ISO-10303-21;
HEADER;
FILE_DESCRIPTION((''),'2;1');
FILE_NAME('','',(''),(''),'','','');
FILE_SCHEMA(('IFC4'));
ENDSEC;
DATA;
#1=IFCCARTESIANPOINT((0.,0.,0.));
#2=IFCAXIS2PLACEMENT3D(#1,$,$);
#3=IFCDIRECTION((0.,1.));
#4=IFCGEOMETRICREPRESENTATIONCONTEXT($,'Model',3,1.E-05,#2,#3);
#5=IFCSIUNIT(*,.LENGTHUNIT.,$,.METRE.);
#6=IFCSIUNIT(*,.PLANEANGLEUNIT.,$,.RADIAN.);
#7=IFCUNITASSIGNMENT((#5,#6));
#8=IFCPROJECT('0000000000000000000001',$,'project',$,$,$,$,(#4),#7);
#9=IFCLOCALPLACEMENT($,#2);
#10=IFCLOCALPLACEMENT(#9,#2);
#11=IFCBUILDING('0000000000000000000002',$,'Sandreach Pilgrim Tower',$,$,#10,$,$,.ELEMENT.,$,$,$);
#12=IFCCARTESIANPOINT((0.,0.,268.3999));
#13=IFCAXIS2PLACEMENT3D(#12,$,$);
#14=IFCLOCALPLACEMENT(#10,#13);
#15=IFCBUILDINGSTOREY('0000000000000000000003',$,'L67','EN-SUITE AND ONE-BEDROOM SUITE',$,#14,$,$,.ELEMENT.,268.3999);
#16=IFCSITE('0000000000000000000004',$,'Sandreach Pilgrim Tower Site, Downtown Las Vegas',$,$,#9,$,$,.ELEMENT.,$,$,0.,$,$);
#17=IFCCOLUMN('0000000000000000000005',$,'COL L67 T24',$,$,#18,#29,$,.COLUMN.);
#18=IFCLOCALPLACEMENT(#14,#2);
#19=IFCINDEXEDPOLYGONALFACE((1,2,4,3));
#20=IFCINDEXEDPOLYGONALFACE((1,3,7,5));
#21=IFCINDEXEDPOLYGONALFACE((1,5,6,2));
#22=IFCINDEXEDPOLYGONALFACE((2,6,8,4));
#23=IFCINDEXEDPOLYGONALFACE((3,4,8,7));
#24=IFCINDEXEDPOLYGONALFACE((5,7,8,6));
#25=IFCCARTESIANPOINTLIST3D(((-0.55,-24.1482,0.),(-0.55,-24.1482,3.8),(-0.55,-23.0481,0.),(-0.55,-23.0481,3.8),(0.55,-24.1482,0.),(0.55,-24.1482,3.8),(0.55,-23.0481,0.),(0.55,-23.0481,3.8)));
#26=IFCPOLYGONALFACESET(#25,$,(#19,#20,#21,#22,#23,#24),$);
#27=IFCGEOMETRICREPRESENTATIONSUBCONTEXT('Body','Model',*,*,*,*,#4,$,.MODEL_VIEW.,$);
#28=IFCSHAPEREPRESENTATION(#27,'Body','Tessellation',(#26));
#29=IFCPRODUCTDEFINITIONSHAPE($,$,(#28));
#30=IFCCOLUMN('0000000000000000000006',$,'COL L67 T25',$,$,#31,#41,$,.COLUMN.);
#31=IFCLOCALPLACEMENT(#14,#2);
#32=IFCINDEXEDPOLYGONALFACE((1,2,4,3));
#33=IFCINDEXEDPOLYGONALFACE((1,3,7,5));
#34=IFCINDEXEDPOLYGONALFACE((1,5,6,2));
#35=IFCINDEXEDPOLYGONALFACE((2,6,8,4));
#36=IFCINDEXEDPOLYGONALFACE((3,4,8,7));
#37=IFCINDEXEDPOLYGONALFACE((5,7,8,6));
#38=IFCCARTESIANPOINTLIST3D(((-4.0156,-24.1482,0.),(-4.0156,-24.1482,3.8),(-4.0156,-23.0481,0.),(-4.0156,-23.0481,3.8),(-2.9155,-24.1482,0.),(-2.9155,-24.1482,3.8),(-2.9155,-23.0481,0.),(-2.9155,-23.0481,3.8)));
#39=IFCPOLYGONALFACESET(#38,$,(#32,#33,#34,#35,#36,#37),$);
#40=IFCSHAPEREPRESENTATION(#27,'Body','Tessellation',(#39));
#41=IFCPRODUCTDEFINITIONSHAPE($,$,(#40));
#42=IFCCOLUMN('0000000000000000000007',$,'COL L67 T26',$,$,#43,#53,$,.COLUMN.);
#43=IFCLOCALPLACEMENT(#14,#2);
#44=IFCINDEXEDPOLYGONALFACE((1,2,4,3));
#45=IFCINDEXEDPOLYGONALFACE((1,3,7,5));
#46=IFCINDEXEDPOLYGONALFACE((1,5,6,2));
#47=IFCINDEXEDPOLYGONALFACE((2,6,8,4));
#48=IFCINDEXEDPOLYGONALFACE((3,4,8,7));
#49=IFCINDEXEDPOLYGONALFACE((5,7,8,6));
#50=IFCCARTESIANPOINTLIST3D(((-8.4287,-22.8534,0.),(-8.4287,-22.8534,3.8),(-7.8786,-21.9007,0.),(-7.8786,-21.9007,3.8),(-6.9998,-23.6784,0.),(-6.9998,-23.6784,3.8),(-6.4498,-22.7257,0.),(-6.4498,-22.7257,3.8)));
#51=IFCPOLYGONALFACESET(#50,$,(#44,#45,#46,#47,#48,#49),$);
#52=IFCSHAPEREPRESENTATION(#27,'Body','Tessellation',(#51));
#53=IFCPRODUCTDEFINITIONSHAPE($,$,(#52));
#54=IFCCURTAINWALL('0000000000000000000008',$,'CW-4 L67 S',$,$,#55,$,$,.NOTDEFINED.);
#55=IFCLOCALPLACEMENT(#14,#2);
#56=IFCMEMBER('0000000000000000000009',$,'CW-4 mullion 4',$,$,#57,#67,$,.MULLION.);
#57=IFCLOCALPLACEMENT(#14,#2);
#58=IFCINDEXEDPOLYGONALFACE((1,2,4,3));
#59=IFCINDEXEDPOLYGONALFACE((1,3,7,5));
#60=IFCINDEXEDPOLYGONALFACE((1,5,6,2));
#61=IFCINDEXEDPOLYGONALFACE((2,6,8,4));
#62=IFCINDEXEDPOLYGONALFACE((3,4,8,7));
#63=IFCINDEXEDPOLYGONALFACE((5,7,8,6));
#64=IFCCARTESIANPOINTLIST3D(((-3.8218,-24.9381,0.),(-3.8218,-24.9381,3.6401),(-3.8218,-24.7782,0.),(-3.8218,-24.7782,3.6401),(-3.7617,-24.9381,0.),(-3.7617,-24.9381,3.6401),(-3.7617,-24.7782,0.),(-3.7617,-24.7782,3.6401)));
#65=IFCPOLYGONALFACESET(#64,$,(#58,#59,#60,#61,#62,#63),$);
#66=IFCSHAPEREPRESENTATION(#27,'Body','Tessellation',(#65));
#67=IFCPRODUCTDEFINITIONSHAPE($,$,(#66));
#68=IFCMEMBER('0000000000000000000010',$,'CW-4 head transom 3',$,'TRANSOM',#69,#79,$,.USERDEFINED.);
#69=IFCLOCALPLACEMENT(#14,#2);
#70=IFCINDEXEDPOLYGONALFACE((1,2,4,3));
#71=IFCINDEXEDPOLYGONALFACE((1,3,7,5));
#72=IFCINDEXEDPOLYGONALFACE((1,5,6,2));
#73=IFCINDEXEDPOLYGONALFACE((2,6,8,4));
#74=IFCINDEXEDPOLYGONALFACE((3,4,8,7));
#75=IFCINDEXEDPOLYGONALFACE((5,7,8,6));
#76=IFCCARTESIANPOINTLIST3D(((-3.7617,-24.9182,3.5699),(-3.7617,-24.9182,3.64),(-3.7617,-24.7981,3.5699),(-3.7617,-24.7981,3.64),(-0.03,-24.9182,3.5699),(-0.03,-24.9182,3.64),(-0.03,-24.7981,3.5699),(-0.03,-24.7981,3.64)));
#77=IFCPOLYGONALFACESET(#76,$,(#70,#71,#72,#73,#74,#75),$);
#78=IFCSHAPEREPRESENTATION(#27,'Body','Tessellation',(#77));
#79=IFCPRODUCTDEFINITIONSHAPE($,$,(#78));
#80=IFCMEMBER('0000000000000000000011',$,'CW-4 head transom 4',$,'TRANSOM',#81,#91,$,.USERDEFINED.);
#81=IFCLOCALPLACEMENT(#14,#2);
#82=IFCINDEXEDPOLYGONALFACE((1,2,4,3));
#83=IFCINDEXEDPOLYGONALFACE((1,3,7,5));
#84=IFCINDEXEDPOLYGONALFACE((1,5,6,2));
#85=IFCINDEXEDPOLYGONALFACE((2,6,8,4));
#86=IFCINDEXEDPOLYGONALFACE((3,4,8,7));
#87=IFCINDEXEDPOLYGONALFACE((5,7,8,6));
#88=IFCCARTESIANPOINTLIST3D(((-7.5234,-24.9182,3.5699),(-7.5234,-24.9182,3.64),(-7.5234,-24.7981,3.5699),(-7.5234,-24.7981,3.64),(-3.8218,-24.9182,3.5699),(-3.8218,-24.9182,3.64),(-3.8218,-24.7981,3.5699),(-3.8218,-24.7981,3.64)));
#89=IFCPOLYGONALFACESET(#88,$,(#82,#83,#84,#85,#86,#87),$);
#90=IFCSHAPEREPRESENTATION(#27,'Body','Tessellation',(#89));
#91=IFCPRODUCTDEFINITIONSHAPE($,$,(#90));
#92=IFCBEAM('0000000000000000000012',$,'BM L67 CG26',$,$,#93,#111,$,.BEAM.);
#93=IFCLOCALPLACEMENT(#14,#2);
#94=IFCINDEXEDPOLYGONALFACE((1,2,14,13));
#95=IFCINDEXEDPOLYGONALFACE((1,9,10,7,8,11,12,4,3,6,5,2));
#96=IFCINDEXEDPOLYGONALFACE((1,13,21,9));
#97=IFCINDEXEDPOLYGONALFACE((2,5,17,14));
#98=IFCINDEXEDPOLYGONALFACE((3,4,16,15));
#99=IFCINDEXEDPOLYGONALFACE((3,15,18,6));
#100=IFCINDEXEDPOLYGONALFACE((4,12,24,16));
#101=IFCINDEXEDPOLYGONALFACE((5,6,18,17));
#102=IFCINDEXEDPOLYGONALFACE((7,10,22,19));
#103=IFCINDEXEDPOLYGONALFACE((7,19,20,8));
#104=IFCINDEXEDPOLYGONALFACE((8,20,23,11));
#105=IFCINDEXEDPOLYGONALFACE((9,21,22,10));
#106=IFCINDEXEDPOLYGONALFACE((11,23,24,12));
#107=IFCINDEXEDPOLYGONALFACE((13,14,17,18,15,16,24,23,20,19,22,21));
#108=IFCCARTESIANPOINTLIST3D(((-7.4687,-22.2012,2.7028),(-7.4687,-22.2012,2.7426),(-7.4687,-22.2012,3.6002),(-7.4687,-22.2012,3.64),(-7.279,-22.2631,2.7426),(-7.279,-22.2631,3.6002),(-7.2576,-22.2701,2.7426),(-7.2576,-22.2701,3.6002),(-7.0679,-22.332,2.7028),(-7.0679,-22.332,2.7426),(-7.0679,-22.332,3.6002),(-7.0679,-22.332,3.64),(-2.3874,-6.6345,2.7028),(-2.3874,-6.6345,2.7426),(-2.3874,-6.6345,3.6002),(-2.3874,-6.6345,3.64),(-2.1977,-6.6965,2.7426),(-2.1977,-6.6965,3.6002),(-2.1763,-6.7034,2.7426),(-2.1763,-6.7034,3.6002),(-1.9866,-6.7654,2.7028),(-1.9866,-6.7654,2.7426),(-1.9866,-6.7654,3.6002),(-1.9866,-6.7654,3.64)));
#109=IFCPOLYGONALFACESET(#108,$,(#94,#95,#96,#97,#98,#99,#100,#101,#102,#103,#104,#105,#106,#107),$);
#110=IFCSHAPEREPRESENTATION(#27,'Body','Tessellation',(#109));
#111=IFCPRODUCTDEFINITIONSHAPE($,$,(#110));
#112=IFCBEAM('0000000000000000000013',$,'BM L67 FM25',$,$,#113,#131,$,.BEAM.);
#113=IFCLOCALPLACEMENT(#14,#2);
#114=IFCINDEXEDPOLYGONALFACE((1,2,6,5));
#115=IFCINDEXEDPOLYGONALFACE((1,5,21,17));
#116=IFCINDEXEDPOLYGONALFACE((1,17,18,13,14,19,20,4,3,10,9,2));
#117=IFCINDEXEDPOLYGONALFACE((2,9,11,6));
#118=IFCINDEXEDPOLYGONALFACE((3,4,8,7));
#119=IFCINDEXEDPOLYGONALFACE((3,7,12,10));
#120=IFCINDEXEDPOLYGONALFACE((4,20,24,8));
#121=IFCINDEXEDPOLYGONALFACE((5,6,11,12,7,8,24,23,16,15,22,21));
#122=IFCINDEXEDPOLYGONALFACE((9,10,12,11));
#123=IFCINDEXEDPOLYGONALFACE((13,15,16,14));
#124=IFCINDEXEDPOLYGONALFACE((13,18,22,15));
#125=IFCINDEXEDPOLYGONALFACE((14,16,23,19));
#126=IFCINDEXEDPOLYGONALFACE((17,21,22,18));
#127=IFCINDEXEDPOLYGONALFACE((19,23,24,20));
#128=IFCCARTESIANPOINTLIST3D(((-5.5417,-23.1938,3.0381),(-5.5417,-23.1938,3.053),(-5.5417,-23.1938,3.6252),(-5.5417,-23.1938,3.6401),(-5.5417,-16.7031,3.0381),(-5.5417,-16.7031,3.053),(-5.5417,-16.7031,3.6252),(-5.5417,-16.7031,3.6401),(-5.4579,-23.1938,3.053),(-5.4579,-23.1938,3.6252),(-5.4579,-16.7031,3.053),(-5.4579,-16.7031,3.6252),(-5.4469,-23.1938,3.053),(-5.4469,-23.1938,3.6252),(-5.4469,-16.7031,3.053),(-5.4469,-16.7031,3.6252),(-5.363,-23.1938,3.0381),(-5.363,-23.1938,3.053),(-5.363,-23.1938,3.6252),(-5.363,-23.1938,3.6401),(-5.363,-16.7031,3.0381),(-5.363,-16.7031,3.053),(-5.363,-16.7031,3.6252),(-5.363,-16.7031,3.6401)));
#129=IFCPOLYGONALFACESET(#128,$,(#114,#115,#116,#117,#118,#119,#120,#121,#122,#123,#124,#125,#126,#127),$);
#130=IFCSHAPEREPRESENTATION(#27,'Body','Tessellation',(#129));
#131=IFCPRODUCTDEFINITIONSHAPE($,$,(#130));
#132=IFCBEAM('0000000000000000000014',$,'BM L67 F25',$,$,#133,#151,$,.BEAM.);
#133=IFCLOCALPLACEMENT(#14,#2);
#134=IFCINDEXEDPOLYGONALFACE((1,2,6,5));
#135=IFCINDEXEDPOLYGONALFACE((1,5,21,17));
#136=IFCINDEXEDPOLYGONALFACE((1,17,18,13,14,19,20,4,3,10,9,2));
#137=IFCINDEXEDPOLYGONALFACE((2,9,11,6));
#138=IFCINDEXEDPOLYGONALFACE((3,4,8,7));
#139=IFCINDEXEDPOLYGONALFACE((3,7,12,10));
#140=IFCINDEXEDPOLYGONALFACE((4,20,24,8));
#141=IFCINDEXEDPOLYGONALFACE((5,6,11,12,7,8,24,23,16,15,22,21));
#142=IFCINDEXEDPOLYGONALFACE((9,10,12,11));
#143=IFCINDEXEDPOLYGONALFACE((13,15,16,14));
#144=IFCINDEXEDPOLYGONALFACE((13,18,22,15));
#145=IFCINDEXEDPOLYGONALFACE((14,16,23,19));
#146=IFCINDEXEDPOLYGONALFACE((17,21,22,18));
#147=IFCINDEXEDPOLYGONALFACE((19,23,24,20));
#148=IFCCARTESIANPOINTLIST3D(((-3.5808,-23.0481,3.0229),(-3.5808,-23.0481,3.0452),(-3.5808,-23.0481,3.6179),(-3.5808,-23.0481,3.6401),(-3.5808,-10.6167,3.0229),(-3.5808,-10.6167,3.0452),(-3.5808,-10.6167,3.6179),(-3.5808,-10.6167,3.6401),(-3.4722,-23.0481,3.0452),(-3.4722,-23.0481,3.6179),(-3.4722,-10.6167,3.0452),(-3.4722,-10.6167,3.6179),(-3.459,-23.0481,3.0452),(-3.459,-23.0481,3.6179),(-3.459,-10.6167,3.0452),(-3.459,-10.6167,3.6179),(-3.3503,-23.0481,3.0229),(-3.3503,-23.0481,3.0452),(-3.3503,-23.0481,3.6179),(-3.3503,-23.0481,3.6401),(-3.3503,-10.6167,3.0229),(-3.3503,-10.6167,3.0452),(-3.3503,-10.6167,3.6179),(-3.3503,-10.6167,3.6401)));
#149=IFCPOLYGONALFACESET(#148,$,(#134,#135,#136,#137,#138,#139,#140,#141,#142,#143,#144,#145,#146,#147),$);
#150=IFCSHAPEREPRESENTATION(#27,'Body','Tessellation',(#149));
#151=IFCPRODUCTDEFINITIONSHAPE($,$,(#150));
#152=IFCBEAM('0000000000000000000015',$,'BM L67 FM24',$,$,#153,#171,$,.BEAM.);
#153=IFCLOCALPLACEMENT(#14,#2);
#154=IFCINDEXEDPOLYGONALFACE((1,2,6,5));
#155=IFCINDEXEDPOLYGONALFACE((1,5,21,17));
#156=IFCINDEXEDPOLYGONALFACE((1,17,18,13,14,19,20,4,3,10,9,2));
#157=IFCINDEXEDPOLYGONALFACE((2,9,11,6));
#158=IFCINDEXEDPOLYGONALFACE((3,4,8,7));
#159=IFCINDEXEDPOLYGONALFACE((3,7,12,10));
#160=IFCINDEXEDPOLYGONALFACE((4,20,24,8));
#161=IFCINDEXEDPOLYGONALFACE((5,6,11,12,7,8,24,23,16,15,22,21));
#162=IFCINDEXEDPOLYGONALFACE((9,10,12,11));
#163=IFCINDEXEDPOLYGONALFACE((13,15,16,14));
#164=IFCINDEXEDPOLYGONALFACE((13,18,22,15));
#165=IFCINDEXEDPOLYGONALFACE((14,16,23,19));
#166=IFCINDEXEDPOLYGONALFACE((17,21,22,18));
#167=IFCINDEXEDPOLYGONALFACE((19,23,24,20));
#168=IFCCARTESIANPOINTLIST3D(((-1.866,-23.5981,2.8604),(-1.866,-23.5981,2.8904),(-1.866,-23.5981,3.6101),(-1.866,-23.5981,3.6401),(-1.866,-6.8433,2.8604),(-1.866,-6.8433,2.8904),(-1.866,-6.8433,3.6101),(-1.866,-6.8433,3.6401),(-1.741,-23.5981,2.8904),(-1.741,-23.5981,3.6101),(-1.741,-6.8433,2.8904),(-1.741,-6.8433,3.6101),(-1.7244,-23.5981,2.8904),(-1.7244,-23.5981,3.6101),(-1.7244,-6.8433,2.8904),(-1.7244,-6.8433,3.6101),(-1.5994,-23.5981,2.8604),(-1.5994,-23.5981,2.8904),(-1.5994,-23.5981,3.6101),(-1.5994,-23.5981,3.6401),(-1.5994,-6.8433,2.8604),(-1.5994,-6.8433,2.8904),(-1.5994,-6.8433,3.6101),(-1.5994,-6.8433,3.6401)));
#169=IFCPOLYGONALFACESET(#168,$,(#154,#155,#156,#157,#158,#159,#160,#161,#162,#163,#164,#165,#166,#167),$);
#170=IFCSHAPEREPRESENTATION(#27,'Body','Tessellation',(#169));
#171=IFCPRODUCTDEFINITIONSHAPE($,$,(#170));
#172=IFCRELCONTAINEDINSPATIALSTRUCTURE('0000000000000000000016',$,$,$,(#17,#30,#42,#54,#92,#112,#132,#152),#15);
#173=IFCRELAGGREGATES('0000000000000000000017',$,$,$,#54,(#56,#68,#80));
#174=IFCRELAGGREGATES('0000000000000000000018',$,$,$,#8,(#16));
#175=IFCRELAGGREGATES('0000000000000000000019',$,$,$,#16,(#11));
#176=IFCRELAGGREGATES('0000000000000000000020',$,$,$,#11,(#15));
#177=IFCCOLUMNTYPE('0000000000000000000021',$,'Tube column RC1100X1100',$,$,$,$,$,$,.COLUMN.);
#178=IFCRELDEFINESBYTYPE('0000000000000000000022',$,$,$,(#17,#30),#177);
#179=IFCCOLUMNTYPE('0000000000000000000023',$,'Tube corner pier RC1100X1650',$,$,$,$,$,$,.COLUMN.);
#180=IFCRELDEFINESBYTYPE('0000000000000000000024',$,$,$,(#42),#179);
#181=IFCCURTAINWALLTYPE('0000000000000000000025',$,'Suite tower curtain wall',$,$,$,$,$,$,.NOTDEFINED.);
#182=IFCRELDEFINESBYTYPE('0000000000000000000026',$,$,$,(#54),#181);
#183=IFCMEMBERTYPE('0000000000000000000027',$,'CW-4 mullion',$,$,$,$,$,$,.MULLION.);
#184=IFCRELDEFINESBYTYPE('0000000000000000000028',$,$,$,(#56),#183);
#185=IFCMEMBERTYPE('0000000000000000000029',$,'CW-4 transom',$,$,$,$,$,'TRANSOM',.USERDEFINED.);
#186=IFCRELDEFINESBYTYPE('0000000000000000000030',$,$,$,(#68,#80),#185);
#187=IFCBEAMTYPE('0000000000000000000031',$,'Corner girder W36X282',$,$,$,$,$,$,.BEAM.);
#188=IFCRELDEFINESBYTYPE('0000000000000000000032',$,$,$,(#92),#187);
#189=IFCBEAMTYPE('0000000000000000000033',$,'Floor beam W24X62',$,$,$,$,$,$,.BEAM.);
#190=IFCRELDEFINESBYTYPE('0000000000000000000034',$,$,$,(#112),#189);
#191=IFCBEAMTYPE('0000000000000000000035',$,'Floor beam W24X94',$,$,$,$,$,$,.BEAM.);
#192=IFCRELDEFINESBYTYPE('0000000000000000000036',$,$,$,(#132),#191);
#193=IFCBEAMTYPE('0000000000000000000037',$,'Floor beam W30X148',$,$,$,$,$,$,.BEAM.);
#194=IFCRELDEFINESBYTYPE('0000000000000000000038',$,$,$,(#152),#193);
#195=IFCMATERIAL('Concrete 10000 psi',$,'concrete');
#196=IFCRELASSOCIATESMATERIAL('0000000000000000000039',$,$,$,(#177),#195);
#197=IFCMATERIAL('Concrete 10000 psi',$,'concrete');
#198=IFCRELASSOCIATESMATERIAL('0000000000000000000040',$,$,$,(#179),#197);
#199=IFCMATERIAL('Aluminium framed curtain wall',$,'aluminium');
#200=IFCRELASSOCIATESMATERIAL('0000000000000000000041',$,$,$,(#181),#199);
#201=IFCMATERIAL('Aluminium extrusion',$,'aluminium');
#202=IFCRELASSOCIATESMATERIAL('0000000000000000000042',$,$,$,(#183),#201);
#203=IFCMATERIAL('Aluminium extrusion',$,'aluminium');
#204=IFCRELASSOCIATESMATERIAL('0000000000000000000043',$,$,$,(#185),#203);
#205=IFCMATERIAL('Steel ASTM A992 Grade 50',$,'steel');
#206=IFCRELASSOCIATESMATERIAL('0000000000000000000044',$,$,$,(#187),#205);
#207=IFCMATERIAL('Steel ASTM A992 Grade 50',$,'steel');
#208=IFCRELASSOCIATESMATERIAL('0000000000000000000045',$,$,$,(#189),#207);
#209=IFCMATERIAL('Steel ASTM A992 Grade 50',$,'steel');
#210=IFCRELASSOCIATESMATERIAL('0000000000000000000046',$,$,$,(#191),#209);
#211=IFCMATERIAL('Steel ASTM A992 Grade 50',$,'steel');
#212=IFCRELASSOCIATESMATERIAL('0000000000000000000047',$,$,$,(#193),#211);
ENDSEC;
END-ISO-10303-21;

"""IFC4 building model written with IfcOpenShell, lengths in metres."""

from ifc_helpers import new_model, si_unit, direction, frame, origin, origin_2d, place, context, subcontext, project, spatial, rectangle, i_section, extrude, material, material_profile, profile_set, type_object, element, aggregate, save


model = new_model("IFC4")

# Units and contexts
model_context = context("Model", 3, precision=1e-05, world=origin(), true_north=direction((0.0, 1.0)))
body_context = subcontext(model_context, "Body", "Model", "MODEL_VIEW")
ifc_project = project(units=[si_unit("LENGTHUNIT", "METRE"), si_unit("PLANEANGLEUNIT", "RADIAN")], contexts=[model_context])

# Site, building, storey
site_placement = place(None, origin())
site = spatial("IfcSite", under=ifc_project, at=site_placement, Name="Sandreach Pilgrim Tower Site, Downtown Las Vegas", CompositionType="ELEMENT", RefElevation=0.0)
building_placement = place(site_placement, origin())
building = spatial("IfcBuilding", under=site, at=building_placement, Name="Sandreach Pilgrim Tower", CompositionType="ELEMENT")
storey_placement = place(building_placement, frame((0.0, 0.0, 268.3999)))
storey = spatial("IfcBuildingStorey", under=building, at=storey_placement, Name="L67", Description="EN-SUITE AND ONE-BEDROOM SUITE", CompositionType="ELEMENT", Elevation=268.3999)

# Columns
ifc_material_1 = material(Name="Concrete 10000 psi", Category="concrete")
ifc_material_profile_1 = material_profile(ifc_material_1, rectangle(XDim=1.1001, YDim=1.1001, at=origin_2d()), Name="RC1100X1100")
ifc_profile_set_1 = profile_set([ifc_material_profile_1], Name="Concrete 10000 psi")
column_type_1 = type_object("IfcColumnType", Name="Tube column RC1100X1100", PredefinedType="COLUMN", material=ifc_profile_set_1)
for number, where, z_axis, x_axis, name in (
    (1, (0.0, -23.5981, 0.0), (0.0, 0.0, 1.0), (0.0, -1.0, 0.0), "COL L67 T24"),
    (2, (-3.4656, -23.5981, 0.0), (0.0, 0.0, 1.0), (0.0, -1.0, 0.0), "COL L67 T25"),
):
    element("IfcColumn", number, at=place(storey_placement, frame(where, z_axis=z_axis, x_axis=x_axis)), inside=storey, type_object=column_type_1, Name=name, PredefinedType="COLUMN", context=body_context, shape_type="SweptSolid", body=[
        extrude(rectangle(XDim=1.1001, YDim=1.1001, at=origin_2d()), origin(), (0.0, 0.0, 1.0), 3.8),
    ])
ifc_material_2 = material(Name="Concrete 10000 psi", Category="concrete")
ifc_material_profile_2 = material_profile(ifc_material_2, rectangle(XDim=1.1001, YDim=1.6499, at=origin_2d()), Name="RC1100X1650")
ifc_profile_set_2 = profile_set([ifc_material_profile_2], Name="Concrete 10000 psi")
column_type_2 = type_object("IfcColumnType", Name="Tube corner pier RC1100X1650", PredefinedType="COLUMN", material=ifc_profile_set_2)
column_placement = place(storey_placement, frame((-7.4392, -22.7896, 0.0), z_axis=(0.0, 0.0, 1.0), x_axis=(-0.5, -0.866025, 0.0)))
element("IfcColumn", 3, at=column_placement, inside=storey, type_object=column_type_2, Name="COL L67 T26", PredefinedType="COLUMN", context=body_context, shape_type="SweptSolid", body=[
    extrude(rectangle(XDim=1.1001, YDim=1.6499, at=origin_2d()), origin(), (0.0, 0.0, 1.0), 3.8),
])

# Curtain wall, members
ifc_material_3 = material(Name="Aluminium framed curtain wall", Category="aluminium")
curtain_wall_type = type_object("IfcCurtainWallType", Name="Suite tower curtain wall", PredefinedType="NOTDEFINED", material=ifc_material_3)
curtain_wall_placement = place(storey_placement, origin())
curtain_wall = element("IfcCurtainWall", 4, at=curtain_wall_placement, inside=storey, type_object=curtain_wall_type, Name="CW-4 L67 S", PredefinedType="NOTDEFINED")
ifc_material_4 = material(Name="Aluminium extrusion", Category="aluminium")
ifc_material_profile_3 = material_profile(ifc_material_4, rectangle(XDim=0.0601, YDim=0.1599, at=origin_2d()), Name="CW-4M 60X160")
ifc_profile_set_3 = profile_set([ifc_material_profile_3], Name="Aluminium extrusion")
member_type_1 = type_object("IfcMemberType", Name="CW-4 mullion", PredefinedType="MULLION", material=ifc_profile_set_3)
member_1_placement = place(storey_placement, frame((-3.7917, -24.8582, 0.0), z_axis=(0.0, 0.0, 1.0), x_axis=(-1.0, 0.0, 0.0)))
member_1 = element("IfcMember", 5, at=member_1_placement, type_object=member_type_1, Name="CW-4 mullion 4", PredefinedType="MULLION", context=body_context, shape_type="SweptSolid", body=[
    extrude(rectangle(XDim=0.0601, YDim=0.1599, at=origin_2d()), origin(), (0.0, 0.0, 1.0), 3.6401),
])
ifc_material_5 = material(Name="Aluminium extrusion", Category="aluminium")
ifc_material_profile_4 = material_profile(ifc_material_5, rectangle(XDim=0.1201, YDim=0.0701, at=origin_2d()), Name="CW-4T 120X70")
ifc_profile_set_4 = profile_set([ifc_material_profile_4], Name="Aluminium extrusion")
member_type_2 = type_object("IfcMemberType", Name="CW-4 transom", ElementType="TRANSOM", PredefinedType="USERDEFINED", material=ifc_profile_set_4)
member_2_placement = place(storey_placement, frame((-0.03, -24.8582, 3.605), z_axis=(-1.0, 0.0, 0.0), x_axis=(0.0, -1.0, 0.0)))
member_2 = element("IfcMember", 6, at=member_2_placement, type_object=member_type_2, Name="CW-4 head transom 3", ObjectType="TRANSOM", PredefinedType="USERDEFINED", context=body_context, shape_type="SweptSolid", body=[
    extrude(rectangle(XDim=0.1201, YDim=0.0701, at=origin_2d()), origin(), (0.0, 0.0, 1.0), 3.7317),
])
member_3_placement = place(storey_placement, frame((-3.8218, -24.8582, 3.605), z_axis=(-1.0, 0.0, 0.0), x_axis=(0.0, -1.0, 0.0)))
member_3 = element("IfcMember", 7, at=member_3_placement, type_object=member_type_2, Name="CW-4 head transom 4", ObjectType="TRANSOM", PredefinedType="USERDEFINED", context=body_context, shape_type="SweptSolid", body=[
    extrude(rectangle(XDim=0.1201, YDim=0.0701, at=origin_2d()), origin(), (0.0, 0.0, 1.0), 3.7017),
])

# Beams
ifc_material_6 = material(Name="Steel ASTM A992 Grade 50", Category="steel")
ifc_material_profile_5 = material_profile(ifc_material_6, i_section(OverallWidth=0.4216, OverallDepth=0.9373, WebThickness=0.0225, FlangeThickness=0.0398, at=origin_2d()), Name="W36X282")
ifc_profile_set_5 = profile_set([ifc_material_profile_5], Name="Steel ASTM A992 Grade 50")
beam_type_1 = type_object("IfcBeamType", Name="Corner girder W36X282", PredefinedType="BEAM", material=ifc_profile_set_5)
beam_1_placement = place(storey_placement, frame((-7.2683, -22.2666, 3.1714), z_axis=(0.310309, 0.950636, 0.0), x_axis=(-0.950636, 0.310309, 0.0)))
element("IfcBeam", 8, at=beam_1_placement, inside=storey, type_object=beam_type_1, Name="BM L67 CG26", PredefinedType="BEAM", context=body_context, shape_type="SweptSolid", body=[
    extrude(i_section(OverallWidth=0.4216, OverallDepth=0.9373, WebThickness=0.0225, FlangeThickness=0.0398, at=origin_2d()), origin(), (0.0, 0.0, 1.0), 16.375),
])
ifc_material_7 = material(Name="Steel ASTM A992 Grade 50", Category="steel")
ifc_material_profile_6 = material_profile(ifc_material_7, i_section(OverallWidth=0.1787, OverallDepth=0.6021, WebThickness=0.011, FlangeThickness=0.0149, at=origin_2d()), Name="W24X62")
ifc_profile_set_6 = profile_set([ifc_material_profile_6], Name="Steel ASTM A992 Grade 50")
beam_type_2 = type_object("IfcBeamType", Name="Floor beam W24X62", PredefinedType="BEAM", material=ifc_profile_set_6)
beam_2_placement = place(storey_placement, frame((-5.4524, -23.1938, 3.3391), z_axis=(0.0, 1.0, 0.0), x_axis=(-1.0, 0.0, 0.0)))
element("IfcBeam", 9, at=beam_2_placement, inside=storey, type_object=beam_type_2, Name="BM L67 FM25", PredefinedType="BEAM", context=body_context, shape_type="SweptSolid", body=[
    extrude(i_section(OverallWidth=0.1787, OverallDepth=0.6021, WebThickness=0.011, FlangeThickness=0.0149, at=origin_2d()), origin(), (0.0, 0.0, 1.0), 6.4907),
])
ifc_material_8 = material(Name="Steel ASTM A992 Grade 50", Category="steel")
ifc_material_profile_7 = material_profile(ifc_material_8, i_section(OverallWidth=0.2305, OverallDepth=0.6172, WebThickness=0.0132, FlangeThickness=0.0222, at=origin_2d()), Name="W24X94")
ifc_profile_set_7 = profile_set([ifc_material_profile_7], Name="Steel ASTM A992 Grade 50")
beam_type_3 = type_object("IfcBeamType", Name="Floor beam W24X94", PredefinedType="BEAM", material=ifc_profile_set_7)
beam_3_placement = place(storey_placement, frame((-3.4656, -23.0481, 3.3315), z_axis=(0.0, 1.0, 0.0), x_axis=(-1.0, 0.0, 0.0)))
element("IfcBeam", 10, at=beam_3_placement, inside=storey, type_object=beam_type_3, Name="BM L67 F25", PredefinedType="BEAM", context=body_context, shape_type="SweptSolid", body=[
    extrude(i_section(OverallWidth=0.2305, OverallDepth=0.6172, WebThickness=0.0132, FlangeThickness=0.0222, at=origin_2d()), origin(), (0.0, 0.0, 1.0), 12.4314),
])
ifc_material_9 = material(Name="Steel ASTM A992 Grade 50", Category="steel")
ifc_material_profile_8 = material_profile(ifc_material_9, i_section(OverallWidth=0.2666, OverallDepth=0.7798, WebThickness=0.0166, FlangeThickness=0.03, at=origin_2d()), Name="W30X148")
ifc_profile_set_8 = profile_set([ifc_material_profile_8], Name="Steel ASTM A992 Grade 50")
beam_type_4 = type_object("IfcBeamType", Name="Floor beam W30X148", PredefinedType="BEAM", material=ifc_profile_set_8)
beam_4_placement = place(storey_placement, frame((-1.7327, -23.5981, 3.2502), z_axis=(0.0, 1.0, 0.0), x_axis=(-1.0, 0.0, 0.0)))
element("IfcBeam", 11, at=beam_4_placement, inside=storey, type_object=beam_type_4, Name="BM L67 FM24", PredefinedType="BEAM", context=body_context, shape_type="SweptSolid", body=[
    extrude(i_section(OverallWidth=0.2666, OverallDepth=0.7798, WebThickness=0.0166, FlangeThickness=0.03, at=origin_2d()), origin(), (0.0, 0.0, 1.0), 16.7549),
])

aggregate(curtain_wall, [member_1, member_2, member_3])

save(model, "model.ifc")
